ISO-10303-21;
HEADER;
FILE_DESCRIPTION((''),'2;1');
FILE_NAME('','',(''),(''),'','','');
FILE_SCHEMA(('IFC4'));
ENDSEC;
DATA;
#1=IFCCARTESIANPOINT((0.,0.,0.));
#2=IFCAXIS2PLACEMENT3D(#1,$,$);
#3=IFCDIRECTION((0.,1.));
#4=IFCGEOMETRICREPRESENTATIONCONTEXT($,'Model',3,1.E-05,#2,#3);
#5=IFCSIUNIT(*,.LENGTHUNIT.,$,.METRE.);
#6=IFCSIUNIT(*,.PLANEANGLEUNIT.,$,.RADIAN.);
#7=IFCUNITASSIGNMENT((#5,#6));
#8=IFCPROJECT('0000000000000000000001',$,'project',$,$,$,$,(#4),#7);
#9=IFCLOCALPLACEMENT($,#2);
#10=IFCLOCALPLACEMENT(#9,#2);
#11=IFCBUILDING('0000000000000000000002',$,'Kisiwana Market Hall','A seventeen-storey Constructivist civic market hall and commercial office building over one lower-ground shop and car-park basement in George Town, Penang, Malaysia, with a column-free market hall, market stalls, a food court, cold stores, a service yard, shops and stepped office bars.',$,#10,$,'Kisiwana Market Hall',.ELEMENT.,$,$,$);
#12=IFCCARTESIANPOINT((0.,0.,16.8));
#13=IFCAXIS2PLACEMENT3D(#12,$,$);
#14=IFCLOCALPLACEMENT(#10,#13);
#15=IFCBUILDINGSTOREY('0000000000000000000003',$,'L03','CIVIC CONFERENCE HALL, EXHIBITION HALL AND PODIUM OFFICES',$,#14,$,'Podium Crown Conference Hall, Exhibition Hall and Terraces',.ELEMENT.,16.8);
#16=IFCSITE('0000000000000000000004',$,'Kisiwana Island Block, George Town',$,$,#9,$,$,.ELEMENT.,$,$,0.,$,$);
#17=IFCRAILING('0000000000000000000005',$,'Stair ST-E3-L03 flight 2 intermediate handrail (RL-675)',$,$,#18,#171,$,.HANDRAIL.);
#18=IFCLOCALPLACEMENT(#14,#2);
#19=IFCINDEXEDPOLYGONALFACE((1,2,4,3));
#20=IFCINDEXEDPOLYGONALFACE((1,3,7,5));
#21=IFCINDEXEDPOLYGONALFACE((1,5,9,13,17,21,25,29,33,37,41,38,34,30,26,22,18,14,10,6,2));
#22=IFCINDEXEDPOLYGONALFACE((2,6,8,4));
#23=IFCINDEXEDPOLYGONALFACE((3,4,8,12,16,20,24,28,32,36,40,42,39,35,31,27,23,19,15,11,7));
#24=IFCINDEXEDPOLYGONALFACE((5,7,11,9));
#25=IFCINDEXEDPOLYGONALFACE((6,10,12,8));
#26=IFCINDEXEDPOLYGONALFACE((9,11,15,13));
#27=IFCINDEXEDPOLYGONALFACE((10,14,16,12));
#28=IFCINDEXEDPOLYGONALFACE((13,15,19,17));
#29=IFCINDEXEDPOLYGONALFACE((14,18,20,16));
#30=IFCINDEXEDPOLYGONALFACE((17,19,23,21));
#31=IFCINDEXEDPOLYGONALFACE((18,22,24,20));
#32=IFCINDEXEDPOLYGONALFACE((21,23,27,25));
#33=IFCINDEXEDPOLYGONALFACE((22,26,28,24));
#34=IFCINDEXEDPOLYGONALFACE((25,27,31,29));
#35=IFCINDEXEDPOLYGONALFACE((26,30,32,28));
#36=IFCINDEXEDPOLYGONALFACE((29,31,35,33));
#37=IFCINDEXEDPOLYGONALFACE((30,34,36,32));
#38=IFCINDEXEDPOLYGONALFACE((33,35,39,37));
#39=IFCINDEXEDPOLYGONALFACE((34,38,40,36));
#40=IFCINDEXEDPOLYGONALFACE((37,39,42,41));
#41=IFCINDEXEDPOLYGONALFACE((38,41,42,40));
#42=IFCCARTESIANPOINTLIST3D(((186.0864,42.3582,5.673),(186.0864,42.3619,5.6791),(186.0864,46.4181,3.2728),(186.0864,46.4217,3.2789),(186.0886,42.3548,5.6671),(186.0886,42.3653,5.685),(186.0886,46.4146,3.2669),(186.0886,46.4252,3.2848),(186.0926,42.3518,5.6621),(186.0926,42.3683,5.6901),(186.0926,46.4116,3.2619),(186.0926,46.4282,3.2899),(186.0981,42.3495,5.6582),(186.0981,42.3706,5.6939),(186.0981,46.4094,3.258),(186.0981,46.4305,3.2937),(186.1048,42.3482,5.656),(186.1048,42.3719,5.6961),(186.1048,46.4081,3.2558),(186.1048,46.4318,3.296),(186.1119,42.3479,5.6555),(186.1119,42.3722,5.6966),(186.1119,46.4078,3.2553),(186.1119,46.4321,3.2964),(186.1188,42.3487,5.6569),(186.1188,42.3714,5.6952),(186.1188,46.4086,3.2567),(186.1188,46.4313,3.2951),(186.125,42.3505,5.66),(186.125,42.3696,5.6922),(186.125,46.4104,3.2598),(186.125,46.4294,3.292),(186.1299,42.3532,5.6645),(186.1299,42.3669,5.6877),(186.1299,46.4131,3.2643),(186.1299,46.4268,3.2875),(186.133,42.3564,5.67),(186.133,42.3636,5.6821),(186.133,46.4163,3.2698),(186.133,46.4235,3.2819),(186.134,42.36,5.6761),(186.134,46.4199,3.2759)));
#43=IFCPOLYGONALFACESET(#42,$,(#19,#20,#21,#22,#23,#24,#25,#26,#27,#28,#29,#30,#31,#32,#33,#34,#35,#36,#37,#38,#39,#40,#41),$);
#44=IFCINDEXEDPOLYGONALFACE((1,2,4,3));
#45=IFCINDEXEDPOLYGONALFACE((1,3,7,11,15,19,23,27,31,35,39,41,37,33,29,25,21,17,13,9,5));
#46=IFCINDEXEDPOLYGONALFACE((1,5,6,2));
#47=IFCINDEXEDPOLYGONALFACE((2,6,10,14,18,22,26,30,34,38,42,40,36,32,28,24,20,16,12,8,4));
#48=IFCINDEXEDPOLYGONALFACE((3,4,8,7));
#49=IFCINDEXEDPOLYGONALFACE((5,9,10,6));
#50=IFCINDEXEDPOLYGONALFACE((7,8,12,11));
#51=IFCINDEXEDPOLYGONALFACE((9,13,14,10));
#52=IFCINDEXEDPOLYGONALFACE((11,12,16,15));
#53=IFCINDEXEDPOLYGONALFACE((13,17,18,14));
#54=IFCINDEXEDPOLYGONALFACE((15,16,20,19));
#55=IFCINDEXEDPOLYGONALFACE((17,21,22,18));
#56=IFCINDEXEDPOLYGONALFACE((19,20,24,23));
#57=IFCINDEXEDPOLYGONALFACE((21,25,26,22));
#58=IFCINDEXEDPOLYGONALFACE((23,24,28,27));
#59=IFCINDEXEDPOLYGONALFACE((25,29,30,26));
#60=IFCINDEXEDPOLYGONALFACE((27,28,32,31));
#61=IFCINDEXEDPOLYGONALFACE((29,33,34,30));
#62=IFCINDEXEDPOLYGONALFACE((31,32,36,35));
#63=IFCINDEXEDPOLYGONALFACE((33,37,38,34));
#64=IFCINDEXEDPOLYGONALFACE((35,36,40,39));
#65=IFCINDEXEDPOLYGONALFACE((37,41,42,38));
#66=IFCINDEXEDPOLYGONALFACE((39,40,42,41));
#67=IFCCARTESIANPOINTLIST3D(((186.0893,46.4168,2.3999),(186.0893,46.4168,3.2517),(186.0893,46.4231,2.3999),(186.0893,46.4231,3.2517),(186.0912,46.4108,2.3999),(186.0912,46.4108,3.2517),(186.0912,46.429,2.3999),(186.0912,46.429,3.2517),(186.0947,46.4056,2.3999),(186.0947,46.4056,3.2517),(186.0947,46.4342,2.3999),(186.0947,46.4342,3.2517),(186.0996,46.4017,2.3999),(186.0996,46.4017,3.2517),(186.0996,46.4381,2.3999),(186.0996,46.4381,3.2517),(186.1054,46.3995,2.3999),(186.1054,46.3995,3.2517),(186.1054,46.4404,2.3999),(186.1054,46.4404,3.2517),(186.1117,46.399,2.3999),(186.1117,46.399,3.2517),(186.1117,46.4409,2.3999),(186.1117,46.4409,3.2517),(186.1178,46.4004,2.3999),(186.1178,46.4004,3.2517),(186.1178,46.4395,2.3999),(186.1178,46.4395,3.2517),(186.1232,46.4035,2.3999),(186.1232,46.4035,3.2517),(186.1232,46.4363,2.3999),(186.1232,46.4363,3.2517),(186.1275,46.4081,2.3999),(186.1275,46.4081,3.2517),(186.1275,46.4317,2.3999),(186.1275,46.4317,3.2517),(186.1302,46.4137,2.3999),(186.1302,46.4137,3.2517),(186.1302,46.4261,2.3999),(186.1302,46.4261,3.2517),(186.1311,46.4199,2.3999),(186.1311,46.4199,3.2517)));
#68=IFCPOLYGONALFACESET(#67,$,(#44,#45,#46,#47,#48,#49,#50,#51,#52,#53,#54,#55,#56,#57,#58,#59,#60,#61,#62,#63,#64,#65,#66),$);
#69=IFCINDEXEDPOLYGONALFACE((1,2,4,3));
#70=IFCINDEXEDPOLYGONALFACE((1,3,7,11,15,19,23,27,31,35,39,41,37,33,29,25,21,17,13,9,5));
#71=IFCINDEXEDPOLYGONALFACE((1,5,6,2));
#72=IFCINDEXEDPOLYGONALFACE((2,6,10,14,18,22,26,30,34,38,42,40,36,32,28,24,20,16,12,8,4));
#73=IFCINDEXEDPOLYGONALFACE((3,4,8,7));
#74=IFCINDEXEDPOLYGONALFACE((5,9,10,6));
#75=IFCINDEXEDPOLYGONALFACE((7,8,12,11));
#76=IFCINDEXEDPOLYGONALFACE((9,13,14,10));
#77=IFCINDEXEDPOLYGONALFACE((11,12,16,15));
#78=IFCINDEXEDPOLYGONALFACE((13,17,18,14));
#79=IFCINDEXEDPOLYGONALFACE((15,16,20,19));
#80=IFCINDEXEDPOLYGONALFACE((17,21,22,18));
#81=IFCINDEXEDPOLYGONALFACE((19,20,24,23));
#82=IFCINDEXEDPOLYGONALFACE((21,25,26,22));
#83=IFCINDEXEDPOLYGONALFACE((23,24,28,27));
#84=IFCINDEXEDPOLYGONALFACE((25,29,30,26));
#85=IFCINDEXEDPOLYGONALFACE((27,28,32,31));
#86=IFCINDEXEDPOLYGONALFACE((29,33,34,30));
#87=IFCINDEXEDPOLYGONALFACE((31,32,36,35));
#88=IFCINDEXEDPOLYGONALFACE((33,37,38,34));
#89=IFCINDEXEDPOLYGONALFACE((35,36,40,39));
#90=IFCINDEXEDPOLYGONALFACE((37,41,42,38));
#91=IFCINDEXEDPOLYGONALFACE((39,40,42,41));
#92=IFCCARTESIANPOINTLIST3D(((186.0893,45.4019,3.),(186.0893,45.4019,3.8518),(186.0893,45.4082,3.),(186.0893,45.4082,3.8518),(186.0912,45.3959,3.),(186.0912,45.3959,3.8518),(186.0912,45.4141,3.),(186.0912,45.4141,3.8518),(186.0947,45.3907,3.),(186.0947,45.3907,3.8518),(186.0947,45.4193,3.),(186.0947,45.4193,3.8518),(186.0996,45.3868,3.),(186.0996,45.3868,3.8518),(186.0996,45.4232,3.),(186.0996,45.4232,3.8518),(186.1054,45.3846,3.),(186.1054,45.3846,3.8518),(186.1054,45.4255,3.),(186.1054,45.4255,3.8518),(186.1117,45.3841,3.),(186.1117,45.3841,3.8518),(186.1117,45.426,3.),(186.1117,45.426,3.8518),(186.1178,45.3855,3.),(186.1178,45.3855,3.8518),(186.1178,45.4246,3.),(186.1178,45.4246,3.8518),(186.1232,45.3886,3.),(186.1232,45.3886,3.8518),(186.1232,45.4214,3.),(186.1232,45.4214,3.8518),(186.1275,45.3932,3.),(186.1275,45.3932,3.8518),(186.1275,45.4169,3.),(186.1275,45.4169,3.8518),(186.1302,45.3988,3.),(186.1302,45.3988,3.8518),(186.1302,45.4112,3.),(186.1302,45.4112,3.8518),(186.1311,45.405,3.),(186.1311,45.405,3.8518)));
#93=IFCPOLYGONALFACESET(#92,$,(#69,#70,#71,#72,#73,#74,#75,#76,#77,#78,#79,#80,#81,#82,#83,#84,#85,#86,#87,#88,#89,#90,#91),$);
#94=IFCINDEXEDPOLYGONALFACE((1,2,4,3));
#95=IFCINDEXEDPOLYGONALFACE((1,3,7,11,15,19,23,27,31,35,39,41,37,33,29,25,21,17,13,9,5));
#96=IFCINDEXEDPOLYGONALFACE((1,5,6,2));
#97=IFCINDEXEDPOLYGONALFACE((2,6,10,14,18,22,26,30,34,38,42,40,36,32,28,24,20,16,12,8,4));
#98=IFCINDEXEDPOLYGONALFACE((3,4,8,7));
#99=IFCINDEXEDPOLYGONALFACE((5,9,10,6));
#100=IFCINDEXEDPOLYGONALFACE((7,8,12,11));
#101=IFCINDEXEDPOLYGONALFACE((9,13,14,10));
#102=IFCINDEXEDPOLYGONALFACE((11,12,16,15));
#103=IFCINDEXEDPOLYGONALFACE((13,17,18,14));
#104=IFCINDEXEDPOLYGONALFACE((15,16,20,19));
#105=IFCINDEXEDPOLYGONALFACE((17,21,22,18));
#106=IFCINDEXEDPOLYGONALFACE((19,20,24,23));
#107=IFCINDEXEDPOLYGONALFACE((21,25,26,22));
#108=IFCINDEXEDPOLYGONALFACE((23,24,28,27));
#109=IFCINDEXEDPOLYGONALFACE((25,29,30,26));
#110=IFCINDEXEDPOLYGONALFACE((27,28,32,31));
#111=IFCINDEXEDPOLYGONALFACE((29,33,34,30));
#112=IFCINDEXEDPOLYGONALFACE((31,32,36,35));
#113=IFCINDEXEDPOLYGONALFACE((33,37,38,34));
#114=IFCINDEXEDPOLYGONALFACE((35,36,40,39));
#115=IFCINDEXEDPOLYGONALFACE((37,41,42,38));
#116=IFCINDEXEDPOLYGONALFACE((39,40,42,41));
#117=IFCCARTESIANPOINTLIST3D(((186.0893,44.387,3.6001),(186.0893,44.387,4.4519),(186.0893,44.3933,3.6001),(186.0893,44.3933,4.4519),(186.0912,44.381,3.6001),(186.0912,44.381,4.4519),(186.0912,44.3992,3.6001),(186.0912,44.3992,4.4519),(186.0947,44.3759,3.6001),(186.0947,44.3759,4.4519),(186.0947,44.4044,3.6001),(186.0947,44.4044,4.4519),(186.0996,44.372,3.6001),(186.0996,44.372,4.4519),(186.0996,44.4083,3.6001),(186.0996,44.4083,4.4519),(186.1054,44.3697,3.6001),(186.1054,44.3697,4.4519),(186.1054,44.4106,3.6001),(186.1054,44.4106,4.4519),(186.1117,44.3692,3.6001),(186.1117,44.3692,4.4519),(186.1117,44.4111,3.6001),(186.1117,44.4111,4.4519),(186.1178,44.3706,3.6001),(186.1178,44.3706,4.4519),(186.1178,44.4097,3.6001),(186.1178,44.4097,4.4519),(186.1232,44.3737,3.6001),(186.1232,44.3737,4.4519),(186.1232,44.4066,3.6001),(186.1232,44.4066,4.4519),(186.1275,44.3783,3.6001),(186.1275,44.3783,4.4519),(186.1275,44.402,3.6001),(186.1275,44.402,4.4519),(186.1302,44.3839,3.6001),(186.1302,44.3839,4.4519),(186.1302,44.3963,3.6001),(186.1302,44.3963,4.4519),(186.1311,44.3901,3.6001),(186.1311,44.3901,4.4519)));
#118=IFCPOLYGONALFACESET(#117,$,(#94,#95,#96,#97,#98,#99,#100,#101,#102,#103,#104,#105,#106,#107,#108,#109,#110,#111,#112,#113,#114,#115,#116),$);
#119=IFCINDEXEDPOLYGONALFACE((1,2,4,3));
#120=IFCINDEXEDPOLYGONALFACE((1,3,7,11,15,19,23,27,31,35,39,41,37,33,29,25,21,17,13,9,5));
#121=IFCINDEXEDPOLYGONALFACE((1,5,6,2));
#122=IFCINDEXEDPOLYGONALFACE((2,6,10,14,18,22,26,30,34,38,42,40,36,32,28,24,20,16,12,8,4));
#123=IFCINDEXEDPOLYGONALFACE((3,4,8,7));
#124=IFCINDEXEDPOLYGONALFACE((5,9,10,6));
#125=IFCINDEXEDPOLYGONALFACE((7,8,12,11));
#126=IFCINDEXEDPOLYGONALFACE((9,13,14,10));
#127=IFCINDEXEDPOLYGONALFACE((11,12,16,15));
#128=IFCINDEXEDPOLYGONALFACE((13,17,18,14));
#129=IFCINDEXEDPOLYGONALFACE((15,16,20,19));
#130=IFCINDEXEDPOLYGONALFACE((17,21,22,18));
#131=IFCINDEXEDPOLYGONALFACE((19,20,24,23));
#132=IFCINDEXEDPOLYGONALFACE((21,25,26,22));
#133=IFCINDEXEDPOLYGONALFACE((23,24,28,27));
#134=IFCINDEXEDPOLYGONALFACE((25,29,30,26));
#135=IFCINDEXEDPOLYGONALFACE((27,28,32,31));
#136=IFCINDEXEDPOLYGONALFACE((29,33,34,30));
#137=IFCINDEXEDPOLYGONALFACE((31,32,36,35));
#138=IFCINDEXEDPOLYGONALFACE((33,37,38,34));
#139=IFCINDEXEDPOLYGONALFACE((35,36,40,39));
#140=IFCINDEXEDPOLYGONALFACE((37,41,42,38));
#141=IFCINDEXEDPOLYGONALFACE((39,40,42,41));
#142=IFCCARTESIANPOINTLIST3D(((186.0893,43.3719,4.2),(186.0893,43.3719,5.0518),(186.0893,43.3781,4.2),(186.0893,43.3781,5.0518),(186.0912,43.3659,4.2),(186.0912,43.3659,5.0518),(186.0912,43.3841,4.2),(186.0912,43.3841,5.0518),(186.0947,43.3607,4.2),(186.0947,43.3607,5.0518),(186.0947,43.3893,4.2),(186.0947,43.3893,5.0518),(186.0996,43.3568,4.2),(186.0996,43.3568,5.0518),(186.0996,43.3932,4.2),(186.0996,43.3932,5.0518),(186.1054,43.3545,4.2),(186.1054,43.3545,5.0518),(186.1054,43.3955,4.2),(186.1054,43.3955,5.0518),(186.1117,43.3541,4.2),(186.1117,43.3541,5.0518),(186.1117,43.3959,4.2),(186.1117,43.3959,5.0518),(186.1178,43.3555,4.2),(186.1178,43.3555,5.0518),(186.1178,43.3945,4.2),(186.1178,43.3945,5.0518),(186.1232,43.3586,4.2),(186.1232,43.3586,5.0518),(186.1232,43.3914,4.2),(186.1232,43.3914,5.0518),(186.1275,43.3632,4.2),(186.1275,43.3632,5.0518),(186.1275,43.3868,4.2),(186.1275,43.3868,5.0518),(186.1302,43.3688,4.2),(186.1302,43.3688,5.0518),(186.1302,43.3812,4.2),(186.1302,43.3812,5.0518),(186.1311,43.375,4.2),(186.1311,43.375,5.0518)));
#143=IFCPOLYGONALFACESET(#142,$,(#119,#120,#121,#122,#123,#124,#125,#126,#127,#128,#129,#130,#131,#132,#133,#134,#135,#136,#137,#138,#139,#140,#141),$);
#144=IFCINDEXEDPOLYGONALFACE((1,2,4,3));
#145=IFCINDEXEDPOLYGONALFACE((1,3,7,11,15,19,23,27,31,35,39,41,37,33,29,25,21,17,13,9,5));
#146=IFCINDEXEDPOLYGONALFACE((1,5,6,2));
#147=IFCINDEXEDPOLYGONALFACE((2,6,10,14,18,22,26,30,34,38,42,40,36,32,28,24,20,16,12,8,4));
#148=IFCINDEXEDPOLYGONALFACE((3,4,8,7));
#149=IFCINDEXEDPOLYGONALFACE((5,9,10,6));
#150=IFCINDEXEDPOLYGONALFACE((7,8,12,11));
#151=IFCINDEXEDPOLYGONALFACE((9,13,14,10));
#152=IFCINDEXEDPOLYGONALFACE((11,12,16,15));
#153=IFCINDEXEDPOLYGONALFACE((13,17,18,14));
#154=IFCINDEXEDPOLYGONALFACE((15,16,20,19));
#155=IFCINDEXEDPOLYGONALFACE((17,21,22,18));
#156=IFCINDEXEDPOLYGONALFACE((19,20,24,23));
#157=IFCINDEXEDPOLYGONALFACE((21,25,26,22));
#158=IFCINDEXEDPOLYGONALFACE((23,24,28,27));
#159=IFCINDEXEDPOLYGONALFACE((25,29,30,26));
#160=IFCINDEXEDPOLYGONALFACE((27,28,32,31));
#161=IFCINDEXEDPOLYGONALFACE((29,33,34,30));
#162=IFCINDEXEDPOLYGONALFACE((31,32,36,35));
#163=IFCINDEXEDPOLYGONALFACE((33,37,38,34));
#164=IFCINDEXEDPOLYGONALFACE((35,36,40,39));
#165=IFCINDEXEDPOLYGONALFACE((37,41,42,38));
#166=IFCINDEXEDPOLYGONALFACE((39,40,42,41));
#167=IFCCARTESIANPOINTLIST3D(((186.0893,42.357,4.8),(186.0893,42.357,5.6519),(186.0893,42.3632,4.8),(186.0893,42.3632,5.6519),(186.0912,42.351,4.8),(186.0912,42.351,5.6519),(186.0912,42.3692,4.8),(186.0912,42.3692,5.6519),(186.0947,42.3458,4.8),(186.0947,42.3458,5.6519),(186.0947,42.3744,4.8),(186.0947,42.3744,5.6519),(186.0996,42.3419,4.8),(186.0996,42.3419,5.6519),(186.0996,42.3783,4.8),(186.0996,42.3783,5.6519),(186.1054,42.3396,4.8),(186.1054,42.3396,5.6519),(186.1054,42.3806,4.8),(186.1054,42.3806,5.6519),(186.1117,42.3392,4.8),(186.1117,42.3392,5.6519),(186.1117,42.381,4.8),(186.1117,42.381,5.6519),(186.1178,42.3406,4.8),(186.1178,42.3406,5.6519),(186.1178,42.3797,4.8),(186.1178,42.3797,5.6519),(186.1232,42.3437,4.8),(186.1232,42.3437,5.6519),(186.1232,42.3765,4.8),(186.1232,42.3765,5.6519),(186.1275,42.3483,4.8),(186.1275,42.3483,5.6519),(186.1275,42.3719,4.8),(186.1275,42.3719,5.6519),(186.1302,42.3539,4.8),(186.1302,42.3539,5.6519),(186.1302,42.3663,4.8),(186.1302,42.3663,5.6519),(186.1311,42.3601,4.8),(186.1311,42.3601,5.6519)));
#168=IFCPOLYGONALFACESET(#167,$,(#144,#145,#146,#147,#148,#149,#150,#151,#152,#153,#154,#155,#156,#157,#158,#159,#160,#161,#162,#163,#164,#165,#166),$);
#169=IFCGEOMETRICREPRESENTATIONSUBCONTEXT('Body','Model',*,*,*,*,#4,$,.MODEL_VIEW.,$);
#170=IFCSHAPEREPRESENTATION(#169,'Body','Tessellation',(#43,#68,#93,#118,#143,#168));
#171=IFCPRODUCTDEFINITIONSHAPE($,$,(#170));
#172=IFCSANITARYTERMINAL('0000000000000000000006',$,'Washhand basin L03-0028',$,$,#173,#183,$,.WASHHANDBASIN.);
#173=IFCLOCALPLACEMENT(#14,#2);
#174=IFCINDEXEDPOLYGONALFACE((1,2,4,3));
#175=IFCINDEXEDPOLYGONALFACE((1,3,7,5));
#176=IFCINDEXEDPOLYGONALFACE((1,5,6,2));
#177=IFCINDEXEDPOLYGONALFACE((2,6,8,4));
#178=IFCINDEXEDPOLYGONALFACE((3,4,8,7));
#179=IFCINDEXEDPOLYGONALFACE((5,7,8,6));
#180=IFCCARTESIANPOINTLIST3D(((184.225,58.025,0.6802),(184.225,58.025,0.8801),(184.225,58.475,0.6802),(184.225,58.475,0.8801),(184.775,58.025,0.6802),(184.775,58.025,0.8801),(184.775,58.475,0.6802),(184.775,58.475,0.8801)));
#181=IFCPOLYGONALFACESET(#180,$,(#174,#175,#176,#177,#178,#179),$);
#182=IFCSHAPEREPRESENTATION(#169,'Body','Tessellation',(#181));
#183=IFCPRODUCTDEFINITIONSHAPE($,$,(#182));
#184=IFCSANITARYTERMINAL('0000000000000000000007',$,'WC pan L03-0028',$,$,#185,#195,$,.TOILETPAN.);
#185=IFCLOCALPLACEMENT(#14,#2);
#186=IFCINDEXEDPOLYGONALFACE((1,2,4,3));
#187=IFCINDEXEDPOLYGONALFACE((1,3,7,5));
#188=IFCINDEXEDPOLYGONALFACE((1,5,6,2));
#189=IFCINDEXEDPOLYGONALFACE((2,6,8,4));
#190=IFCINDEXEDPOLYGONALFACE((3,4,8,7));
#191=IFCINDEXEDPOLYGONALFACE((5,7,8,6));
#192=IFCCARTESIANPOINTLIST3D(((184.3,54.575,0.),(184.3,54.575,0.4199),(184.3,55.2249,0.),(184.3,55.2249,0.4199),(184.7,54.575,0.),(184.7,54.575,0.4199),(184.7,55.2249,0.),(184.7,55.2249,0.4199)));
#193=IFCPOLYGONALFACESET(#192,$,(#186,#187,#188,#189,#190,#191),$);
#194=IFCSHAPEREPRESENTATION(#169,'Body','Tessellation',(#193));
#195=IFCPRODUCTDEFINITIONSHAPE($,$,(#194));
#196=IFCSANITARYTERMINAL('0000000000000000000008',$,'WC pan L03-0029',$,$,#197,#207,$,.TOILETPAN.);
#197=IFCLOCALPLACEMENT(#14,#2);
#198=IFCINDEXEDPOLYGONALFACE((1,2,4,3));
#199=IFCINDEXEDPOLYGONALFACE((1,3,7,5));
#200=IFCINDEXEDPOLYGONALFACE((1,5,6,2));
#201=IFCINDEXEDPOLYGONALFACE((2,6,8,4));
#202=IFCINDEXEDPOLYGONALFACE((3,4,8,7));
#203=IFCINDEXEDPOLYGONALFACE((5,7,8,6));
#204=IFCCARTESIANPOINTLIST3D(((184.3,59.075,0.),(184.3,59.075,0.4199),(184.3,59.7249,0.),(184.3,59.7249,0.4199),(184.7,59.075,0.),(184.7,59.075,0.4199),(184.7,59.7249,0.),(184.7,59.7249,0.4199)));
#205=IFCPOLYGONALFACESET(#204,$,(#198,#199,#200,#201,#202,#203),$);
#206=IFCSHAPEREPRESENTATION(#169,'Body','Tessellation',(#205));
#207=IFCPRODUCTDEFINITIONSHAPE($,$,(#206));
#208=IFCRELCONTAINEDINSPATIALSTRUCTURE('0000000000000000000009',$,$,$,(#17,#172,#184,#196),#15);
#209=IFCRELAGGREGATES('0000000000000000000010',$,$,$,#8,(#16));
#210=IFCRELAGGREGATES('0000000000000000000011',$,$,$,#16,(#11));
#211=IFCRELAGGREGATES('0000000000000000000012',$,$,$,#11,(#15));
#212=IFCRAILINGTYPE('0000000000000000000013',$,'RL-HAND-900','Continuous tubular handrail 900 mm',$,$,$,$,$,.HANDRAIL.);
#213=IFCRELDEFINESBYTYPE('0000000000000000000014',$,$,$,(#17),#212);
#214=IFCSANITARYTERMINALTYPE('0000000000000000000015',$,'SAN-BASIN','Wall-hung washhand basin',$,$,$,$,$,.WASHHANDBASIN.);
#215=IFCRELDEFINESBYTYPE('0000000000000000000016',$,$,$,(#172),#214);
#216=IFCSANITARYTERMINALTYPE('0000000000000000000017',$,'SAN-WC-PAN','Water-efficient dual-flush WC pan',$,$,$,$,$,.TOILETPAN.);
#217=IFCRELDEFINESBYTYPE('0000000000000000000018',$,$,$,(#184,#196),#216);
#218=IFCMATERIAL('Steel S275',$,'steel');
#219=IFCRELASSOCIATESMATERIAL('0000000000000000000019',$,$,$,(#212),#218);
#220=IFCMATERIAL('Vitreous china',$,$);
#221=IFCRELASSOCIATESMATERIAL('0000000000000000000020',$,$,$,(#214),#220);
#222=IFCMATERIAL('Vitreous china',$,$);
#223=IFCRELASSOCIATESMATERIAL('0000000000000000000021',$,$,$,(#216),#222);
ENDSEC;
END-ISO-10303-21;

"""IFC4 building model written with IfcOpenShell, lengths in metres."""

from ifc_helpers import new_model, si_unit, direction, frame, origin, origin_2d, place, context, subcontext, project, spatial, rectangle, circle, extrude, material, type_object, element, save


model = new_model("IFC4")

# Units and contexts
model_context = context("Model", 3, precision=1e-05, world=origin(), true_north=direction((0.0, 1.0)))
body_context = subcontext(model_context, "Body", "Model", "MODEL_VIEW")
ifc_project = project(units=[si_unit("LENGTHUNIT", "METRE"), si_unit("PLANEANGLEUNIT", "RADIAN")], contexts=[model_context])

# Site, building, storey
site_placement = place(None, origin())
site = spatial("IfcSite", under=ifc_project, at=site_placement, Name="Kisiwana Island Block, George Town", CompositionType="ELEMENT", RefElevation=0.0)
building_placement = place(site_placement, origin())
building = spatial("IfcBuilding", under=site, at=building_placement, Name="Kisiwana Market Hall", Description="A seventeen-storey Constructivist civic market hall and commercial office building over one lower-ground shop and car-park basement in George Town, Penang, Malaysia, with a column-free market hall, market stalls, a food court, cold stores, a service yard, shops and stepped office bars.", LongName="Kisiwana Market Hall", CompositionType="ELEMENT")
storey_placement = place(building_placement, frame((0.0, 0.0, 16.8)))
storey = spatial("IfcBuildingStorey", under=building, at=storey_placement, Name="L03", Description="CIVIC CONFERENCE HALL, EXHIBITION HALL AND PODIUM OFFICES", LongName="Podium Crown Conference Hall, Exhibition Hall and Terraces", CompositionType="ELEMENT", Elevation=16.8)

# Railing
ifc_material_1 = material(Name="Steel S275", Category="steel")
railing_type_1 = type_object("IfcRailingType", Name="RL-HAND-900", Description="Continuous tubular handrail 900 mm", PredefinedType="HANDRAIL", material=ifc_material_1)
railing_1_placement = place(storey_placement, frame((186.1101, 46.4199, 2.3999)))
element("IfcRailing", 1, at=railing_1_placement, inside=storey, type_object=railing_type_1, Name="Stair ST-E3-L03 flight 2 intermediate handrail (RL-675)", PredefinedType="HANDRAIL", context=body_context, shape_type="SweptSolid", body=[
    extrude(circle(Radius=0.0239, at=origin_2d()), frame((0.0, 0.0, 0.876), z_axis=(0.0, -0.860818, 0.508912), x_axis=(1.0, 0.0, 0.0)), (0.0, 0.0, 1.0), 4.7163),
    extrude(circle(Radius=0.021, at=origin_2d()), origin(), (0.0, 0.0, 1.0), 0.8518),
    extrude(circle(Radius=0.021, at=origin_2d()), frame((0.0, -1.0149, 0.6001)), (0.0, 0.0, 1.0), 0.8518),
    extrude(circle(Radius=0.021, at=origin_2d()), frame((0.0, -2.0298, 1.2002)), (0.0, 0.0, 1.0), 0.8518),
    extrude(circle(Radius=0.021, at=origin_2d()), frame((0.0, -3.0449, 1.8)), (0.0, 0.0, 1.0), 0.8518),
    extrude(circle(Radius=0.021, at=origin_2d()), frame((0.0, -4.0598, 2.4001)), (0.0, 0.0, 1.0), 0.8518),
])

# Sanitary terminals
ifc_material_2 = material(Name="Vitreous china")
sanitary_terminal_type_1 = type_object("IfcSanitaryTerminalType", Name="SAN-BASIN", Description="Wall-hung washhand basin", PredefinedType="WASHHANDBASIN", material=ifc_material_2)
sanitary_terminal_placement = place(storey_placement, frame((184.5, 58.25, 0.6802), z_axis=(0.0, 0.0, 1.0), x_axis=(1.0, 0.0, 0.0)))
element("IfcSanitaryTerminal", 2, at=sanitary_terminal_placement, inside=storey, type_object=sanitary_terminal_type_1, Name="Washhand basin L03-0028", PredefinedType="WASHHANDBASIN", context=body_context, shape_type="SweptSolid", body=[
    extrude(rectangle(XDim=0.55, YDim=0.45, at=origin_2d()), origin(), (0.0, 0.0, 1.0), 0.2),
])
ifc_material_3 = material(Name="Vitreous china")
sanitary_terminal_type_2 = type_object("IfcSanitaryTerminalType", Name="SAN-WC-PAN", Description="Water-efficient dual-flush WC pan", PredefinedType="TOILETPAN", material=ifc_material_3)
for number, where, z_axis, x_axis, name in (
    (3, (184.5, 54.8999, 0.0), (0.0, 0.0, 1.0), (1.0, 0.0, 0.0), "WC pan L03-0028"),
    (4, (184.5, 59.3999, 0.0), (0.0, 0.0, 1.0), (1.0, 0.0, 0.0), "WC pan L03-0029"),
):
    element("IfcSanitaryTerminal", number, at=place(storey_placement, frame(where, z_axis=z_axis, x_axis=x_axis)), inside=storey, type_object=sanitary_terminal_type_2, Name=name, PredefinedType="TOILETPAN", context=body_context, shape_type="SweptSolid", body=[
        extrude(rectangle(XDim=0.3999, YDim=0.6499, at=origin_2d()), origin(), (0.0, 0.0, 1.0), 0.4199),
    ])

save(model, "model.ifc")
